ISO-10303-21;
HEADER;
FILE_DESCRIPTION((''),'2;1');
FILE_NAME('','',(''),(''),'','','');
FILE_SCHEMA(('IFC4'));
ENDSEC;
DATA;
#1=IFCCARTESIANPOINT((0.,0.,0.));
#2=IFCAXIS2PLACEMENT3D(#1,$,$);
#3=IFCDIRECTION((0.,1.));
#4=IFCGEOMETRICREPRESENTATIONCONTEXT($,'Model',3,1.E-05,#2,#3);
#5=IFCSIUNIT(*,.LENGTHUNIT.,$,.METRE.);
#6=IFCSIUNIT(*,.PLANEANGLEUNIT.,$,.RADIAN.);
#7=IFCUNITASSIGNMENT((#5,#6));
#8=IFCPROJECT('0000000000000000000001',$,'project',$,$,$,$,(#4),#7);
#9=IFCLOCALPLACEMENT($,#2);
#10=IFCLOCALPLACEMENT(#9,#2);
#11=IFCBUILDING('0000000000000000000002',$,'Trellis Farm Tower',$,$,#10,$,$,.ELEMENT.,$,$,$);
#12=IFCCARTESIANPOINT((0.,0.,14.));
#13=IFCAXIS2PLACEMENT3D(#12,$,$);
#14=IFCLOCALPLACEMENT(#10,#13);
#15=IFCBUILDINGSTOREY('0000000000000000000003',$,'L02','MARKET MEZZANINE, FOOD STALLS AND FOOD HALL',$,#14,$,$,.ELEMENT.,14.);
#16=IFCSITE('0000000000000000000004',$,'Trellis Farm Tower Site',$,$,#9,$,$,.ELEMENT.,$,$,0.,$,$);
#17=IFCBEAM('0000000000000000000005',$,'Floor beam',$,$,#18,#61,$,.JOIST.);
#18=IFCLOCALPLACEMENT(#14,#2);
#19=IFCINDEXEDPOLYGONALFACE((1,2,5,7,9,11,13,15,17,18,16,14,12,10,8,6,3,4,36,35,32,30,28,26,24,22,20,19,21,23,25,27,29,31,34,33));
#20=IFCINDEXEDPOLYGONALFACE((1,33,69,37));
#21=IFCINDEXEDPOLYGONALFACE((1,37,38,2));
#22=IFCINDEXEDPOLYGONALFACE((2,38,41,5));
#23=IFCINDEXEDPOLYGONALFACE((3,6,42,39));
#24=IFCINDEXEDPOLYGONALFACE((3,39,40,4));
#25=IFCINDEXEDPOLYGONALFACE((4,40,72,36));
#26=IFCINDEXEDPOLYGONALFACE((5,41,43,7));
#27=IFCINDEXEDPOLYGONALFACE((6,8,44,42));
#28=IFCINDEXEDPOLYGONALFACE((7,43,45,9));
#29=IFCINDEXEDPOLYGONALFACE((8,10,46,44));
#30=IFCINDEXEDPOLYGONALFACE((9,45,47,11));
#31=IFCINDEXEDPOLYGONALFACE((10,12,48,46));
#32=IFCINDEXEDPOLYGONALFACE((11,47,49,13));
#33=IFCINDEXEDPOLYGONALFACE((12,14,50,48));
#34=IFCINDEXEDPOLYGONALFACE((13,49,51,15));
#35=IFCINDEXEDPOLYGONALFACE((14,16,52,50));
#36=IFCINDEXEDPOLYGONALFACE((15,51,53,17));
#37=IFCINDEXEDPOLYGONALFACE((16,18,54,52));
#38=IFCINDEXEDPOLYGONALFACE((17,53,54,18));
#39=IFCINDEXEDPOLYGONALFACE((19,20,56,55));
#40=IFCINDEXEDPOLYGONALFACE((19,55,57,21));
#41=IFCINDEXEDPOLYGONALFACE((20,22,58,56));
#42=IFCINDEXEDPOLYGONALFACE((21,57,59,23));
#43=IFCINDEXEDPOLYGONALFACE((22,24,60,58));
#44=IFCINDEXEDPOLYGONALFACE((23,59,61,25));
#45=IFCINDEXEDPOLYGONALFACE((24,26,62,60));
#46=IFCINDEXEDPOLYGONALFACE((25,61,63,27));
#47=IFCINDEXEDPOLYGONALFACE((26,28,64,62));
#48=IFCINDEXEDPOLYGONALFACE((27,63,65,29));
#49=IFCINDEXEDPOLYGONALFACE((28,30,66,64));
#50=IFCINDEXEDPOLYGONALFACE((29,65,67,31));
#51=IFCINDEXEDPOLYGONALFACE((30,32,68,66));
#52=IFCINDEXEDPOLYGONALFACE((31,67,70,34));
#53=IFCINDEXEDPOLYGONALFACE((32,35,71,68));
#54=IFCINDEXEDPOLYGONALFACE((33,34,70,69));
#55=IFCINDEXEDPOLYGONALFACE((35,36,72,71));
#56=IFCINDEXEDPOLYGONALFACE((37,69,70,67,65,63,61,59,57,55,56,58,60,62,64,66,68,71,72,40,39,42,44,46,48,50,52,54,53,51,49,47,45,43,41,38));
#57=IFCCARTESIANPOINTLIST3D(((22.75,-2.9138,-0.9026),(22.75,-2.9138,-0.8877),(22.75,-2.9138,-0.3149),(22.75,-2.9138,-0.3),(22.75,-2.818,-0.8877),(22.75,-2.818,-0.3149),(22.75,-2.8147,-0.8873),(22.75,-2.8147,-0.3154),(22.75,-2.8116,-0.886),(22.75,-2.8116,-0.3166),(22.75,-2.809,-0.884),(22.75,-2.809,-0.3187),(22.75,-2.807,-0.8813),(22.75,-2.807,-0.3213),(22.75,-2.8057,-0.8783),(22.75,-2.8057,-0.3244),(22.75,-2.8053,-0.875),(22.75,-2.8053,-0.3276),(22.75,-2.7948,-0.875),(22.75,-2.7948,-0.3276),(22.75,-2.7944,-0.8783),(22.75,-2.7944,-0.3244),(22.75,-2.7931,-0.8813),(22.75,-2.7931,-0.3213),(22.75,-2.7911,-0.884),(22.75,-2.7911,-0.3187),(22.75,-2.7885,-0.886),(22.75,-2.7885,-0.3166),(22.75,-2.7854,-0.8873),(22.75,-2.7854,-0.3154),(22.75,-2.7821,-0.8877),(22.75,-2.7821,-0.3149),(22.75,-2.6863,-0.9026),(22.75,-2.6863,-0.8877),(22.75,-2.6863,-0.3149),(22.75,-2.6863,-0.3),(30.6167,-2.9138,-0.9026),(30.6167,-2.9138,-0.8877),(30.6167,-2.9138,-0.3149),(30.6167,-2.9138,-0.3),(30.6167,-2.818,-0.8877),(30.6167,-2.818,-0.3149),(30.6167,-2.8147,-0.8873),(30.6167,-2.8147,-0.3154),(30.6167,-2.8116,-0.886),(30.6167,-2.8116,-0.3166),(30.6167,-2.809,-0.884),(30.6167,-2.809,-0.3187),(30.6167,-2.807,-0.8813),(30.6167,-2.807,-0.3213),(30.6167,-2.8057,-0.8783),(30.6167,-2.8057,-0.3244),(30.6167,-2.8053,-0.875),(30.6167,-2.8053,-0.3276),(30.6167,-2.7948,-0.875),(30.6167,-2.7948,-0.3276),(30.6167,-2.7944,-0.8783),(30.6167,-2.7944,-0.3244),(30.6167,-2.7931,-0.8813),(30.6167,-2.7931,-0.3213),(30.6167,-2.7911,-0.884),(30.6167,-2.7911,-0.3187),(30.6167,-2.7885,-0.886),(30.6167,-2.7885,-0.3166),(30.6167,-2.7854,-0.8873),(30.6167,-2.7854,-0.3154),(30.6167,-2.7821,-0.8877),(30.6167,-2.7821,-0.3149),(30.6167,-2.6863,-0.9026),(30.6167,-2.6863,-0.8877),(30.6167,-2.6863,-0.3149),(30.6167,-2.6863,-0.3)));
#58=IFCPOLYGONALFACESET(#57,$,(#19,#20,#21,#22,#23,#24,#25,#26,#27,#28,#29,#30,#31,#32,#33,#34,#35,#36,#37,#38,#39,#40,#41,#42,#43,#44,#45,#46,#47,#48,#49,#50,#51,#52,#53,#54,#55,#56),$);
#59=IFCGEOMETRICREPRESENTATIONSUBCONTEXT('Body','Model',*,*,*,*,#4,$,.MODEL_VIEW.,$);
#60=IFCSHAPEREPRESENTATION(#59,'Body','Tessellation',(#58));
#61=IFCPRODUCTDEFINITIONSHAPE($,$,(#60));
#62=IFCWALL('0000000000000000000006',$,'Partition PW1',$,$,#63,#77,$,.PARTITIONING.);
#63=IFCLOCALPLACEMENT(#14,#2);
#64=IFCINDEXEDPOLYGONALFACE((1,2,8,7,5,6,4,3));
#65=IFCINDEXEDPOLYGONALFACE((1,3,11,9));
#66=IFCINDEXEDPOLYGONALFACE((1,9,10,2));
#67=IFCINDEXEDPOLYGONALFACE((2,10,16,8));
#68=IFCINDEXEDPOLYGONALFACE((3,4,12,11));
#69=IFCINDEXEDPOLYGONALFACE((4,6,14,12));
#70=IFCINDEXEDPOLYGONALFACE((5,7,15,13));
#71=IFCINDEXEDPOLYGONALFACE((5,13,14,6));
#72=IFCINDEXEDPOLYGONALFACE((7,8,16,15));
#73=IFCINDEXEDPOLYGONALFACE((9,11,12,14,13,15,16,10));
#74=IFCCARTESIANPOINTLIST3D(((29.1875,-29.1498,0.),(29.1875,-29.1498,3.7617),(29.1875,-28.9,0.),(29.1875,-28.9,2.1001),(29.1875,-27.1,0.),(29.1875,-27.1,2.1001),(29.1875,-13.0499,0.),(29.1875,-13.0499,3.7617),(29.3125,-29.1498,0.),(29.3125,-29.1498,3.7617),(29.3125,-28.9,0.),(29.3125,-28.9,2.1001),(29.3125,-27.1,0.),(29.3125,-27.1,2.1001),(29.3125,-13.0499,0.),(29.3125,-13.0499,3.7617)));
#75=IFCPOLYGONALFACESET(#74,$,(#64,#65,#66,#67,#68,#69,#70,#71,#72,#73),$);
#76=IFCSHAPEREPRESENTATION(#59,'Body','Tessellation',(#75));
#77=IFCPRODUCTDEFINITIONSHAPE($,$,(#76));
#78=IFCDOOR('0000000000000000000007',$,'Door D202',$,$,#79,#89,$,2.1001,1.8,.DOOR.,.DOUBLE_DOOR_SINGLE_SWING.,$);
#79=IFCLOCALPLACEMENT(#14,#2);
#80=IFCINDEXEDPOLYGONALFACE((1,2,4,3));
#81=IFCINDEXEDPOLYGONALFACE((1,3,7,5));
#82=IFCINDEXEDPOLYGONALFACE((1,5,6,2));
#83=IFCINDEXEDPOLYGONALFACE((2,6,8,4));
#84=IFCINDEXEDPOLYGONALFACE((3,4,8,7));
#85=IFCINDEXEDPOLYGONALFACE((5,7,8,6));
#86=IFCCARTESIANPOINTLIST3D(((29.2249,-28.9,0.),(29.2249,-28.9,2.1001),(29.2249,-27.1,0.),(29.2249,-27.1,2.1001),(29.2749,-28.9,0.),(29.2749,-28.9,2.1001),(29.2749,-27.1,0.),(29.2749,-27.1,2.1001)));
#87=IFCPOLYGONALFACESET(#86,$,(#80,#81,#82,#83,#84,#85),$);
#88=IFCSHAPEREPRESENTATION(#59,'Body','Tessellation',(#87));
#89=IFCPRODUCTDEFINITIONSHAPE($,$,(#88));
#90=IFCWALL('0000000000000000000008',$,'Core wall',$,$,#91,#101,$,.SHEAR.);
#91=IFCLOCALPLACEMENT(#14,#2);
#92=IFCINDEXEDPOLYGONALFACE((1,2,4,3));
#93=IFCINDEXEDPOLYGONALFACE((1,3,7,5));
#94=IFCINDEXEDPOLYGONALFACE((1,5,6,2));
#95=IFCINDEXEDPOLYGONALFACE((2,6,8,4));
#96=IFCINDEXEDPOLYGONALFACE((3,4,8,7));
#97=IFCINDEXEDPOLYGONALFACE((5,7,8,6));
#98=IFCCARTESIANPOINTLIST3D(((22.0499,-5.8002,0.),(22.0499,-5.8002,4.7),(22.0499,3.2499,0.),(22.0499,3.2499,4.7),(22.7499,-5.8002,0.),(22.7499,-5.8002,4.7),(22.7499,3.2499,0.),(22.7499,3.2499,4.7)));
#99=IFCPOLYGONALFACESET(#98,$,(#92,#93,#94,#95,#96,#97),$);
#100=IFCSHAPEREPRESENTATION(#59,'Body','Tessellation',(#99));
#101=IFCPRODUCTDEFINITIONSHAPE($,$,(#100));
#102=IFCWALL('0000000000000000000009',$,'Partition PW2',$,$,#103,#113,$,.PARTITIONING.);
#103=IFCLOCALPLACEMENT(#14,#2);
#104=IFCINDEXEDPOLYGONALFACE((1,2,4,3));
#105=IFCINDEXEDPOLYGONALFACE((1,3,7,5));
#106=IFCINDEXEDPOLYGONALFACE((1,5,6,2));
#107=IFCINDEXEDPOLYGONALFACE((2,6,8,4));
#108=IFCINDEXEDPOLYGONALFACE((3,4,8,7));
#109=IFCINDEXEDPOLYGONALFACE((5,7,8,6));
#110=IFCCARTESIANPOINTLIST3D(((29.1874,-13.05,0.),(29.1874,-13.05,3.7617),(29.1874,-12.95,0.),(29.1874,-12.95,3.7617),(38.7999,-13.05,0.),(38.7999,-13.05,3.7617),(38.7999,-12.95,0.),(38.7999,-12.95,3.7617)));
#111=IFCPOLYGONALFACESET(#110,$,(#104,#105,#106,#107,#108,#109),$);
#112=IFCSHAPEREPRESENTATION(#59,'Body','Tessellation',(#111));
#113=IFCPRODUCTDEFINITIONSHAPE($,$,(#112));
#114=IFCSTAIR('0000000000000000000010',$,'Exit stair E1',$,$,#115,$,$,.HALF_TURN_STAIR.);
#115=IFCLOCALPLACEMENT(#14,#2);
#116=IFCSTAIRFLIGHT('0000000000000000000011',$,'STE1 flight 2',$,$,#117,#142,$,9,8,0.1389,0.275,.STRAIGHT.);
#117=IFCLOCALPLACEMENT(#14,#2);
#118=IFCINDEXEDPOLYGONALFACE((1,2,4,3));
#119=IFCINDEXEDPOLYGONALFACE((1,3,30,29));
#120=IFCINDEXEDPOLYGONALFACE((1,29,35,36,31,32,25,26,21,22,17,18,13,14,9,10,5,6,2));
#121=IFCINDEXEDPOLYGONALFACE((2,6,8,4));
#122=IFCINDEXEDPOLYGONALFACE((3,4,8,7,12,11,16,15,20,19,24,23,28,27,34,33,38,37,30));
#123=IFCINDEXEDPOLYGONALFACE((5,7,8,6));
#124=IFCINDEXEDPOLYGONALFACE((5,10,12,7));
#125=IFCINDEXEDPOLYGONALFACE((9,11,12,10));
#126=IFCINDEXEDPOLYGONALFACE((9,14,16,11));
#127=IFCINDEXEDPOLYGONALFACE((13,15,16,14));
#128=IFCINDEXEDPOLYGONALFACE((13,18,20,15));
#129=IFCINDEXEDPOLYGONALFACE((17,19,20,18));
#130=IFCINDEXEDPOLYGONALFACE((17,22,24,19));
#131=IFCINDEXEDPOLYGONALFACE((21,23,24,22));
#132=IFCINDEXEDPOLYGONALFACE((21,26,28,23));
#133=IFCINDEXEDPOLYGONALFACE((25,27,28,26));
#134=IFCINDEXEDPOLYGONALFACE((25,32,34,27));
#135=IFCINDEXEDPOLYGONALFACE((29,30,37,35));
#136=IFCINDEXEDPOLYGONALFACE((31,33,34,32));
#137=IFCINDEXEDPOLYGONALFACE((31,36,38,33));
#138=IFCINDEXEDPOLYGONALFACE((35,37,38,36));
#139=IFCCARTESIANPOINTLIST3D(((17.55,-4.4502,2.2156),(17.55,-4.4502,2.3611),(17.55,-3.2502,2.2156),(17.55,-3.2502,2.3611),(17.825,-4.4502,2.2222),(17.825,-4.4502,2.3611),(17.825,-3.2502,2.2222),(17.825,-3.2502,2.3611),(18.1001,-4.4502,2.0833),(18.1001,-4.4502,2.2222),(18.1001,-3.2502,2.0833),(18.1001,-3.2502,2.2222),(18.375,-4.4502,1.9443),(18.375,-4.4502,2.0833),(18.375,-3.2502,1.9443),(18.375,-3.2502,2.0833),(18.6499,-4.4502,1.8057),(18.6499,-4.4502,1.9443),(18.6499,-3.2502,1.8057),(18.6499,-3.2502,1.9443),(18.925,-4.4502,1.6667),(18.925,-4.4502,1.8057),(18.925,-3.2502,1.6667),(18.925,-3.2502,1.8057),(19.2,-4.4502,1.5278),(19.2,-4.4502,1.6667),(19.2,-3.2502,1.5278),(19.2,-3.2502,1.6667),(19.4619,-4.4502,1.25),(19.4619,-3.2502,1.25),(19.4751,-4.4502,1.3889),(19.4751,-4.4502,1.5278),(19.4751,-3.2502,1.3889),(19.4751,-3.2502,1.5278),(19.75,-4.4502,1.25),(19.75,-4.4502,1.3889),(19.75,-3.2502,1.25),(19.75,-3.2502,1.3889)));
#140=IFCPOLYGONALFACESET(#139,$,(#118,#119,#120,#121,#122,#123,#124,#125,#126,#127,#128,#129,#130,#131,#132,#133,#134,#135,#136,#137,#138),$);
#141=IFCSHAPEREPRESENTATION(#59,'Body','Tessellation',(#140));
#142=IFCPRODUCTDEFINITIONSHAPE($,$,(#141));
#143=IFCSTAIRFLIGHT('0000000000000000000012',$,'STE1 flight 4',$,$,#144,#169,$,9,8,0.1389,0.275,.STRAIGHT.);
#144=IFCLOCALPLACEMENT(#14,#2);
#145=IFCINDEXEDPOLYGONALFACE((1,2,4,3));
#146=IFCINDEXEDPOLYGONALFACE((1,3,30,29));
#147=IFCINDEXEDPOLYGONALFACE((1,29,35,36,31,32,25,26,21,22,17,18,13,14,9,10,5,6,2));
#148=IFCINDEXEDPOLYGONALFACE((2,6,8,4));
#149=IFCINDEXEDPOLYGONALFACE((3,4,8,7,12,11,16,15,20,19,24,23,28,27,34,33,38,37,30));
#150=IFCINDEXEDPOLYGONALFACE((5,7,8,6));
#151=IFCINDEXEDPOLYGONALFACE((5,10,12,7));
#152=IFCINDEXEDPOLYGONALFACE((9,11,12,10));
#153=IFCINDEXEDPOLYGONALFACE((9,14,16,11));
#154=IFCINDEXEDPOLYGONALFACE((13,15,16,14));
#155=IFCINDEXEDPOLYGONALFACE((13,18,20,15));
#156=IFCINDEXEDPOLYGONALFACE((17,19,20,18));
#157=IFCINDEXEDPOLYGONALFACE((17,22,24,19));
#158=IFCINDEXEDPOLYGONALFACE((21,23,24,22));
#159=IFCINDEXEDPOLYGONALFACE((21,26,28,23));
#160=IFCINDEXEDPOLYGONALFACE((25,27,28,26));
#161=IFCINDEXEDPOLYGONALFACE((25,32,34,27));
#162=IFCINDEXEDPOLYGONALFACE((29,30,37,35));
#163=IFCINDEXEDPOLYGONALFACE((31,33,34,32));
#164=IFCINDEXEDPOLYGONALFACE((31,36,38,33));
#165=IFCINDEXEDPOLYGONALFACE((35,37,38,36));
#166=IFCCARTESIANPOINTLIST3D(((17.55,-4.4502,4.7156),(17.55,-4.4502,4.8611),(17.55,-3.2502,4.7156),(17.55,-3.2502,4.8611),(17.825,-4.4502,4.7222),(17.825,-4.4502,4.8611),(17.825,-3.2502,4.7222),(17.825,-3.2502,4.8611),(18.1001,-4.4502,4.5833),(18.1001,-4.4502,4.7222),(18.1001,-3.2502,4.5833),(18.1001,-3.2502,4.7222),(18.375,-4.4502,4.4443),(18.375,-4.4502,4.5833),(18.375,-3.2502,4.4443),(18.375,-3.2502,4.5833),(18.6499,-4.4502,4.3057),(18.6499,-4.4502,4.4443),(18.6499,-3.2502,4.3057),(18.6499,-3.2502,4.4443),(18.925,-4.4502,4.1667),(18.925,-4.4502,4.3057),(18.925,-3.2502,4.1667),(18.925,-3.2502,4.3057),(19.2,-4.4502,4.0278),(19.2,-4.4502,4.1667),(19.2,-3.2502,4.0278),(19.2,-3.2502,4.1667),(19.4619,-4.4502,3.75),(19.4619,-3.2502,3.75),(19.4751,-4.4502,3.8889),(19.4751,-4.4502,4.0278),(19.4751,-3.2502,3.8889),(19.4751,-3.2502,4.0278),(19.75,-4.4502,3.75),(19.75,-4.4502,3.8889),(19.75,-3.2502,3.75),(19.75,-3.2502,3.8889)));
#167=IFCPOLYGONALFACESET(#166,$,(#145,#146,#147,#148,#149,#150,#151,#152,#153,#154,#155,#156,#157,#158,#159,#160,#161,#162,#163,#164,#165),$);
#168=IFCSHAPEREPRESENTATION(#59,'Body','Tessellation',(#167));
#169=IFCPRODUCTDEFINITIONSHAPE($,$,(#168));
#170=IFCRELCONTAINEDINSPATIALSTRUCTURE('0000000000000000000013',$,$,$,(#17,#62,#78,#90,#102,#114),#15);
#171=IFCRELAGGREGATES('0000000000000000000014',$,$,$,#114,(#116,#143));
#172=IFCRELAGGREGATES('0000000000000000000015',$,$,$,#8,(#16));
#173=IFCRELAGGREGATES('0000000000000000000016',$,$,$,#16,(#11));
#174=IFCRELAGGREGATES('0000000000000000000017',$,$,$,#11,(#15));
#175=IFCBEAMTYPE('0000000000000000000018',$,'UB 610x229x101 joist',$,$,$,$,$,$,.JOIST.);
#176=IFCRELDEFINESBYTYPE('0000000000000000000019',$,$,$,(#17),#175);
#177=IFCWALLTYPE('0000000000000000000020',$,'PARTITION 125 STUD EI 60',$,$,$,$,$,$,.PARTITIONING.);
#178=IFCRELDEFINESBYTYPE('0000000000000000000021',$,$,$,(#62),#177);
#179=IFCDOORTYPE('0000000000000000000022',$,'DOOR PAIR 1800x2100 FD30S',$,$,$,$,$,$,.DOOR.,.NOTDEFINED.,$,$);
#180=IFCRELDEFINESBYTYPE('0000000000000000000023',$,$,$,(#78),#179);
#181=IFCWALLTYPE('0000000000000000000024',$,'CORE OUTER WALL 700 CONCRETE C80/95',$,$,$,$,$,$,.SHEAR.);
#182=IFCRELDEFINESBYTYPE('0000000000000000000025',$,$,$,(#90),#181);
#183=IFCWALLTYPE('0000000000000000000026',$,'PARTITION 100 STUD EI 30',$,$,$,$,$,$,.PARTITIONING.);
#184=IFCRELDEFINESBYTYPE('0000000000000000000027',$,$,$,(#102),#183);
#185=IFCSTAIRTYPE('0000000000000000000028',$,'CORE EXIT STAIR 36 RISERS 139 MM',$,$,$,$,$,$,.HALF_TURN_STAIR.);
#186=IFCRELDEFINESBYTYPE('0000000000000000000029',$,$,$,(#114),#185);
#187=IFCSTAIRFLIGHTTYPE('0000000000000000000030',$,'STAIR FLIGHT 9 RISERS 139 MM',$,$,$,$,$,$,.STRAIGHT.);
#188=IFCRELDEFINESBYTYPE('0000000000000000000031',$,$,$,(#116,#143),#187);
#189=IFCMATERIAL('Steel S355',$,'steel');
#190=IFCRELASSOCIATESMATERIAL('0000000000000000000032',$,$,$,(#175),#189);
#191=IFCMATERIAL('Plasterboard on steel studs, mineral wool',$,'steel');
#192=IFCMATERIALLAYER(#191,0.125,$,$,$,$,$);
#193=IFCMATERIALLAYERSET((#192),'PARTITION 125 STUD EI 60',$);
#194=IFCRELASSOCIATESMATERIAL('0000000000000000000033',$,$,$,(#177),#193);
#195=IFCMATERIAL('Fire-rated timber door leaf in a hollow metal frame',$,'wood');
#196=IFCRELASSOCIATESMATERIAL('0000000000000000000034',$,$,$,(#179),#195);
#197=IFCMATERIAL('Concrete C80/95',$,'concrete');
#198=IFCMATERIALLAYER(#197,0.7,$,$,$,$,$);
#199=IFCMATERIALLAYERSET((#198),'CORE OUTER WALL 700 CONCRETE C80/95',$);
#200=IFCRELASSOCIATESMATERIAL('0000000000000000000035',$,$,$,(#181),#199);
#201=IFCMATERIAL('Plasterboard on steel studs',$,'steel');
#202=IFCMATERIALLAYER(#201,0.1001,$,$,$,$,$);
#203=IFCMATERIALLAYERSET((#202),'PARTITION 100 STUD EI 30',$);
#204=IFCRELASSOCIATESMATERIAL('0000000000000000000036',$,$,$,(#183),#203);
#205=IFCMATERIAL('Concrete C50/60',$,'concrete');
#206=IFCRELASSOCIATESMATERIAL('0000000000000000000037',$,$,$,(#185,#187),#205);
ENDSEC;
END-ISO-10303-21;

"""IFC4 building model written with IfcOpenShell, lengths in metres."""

from ifc_helpers import new_model, si_unit, direction, frame, frame_2d, origin, origin_2d, place, context, subcontext, project, spatial, polyline, rectangle, i_section, outline, extrude, source, transform, mapped, material, layer, layer_set, material_profile, profile_set, type_object, element, fill, aggregate, save


model = new_model("IFC4")

# Units and contexts
model_context = context("Model", 3, precision=1e-05, world=origin(), true_north=direction((0.0, 1.0)))
body_context = subcontext(model_context, "Body", "Model", "MODEL_VIEW")
ifc_project = project(units=[si_unit("LENGTHUNIT", "METRE"), si_unit("PLANEANGLEUNIT", "RADIAN")], contexts=[model_context])

# Site, building, storey
site_placement = place(None, origin())
site = spatial("IfcSite", under=ifc_project, at=site_placement, Name="Trellis Farm Tower Site", CompositionType="ELEMENT", RefElevation=0.0)
building_placement = place(site_placement, origin())
building = spatial("IfcBuilding", under=site, at=building_placement, Name="Trellis Farm Tower", CompositionType="ELEMENT")
storey_placement = place(building_placement, frame((0.0, 0.0, 14.0)))
storey = spatial("IfcBuildingStorey", under=building, at=storey_placement, Name="L02", Description="MARKET MEZZANINE, FOOD STALLS AND FOOD HALL", CompositionType="ELEMENT", Elevation=14.0)

# Shared definitions
ifc_material_1 = material(Name="Concrete C80/95", Category="concrete")

# Beam
ifc_material_2 = material(Name="Steel S355", Category="steel")
ifc_material_profile_1 = material_profile(ifc_material_2, i_section(OverallWidth=0.2275, OverallDepth=0.6025, WebThickness=0.0105, FlangeThickness=0.0149, FilletRadius=0.0127, at=origin_2d()), Name="UB 610x229x101")
ifc_profile_set_1 = profile_set([ifc_material_profile_1], Name="Steel S355")
beam_type_1 = type_object("IfcBeamType", Name="UB 610x229x101 joist", PredefinedType="JOIST", material=ifc_profile_set_1)
shared_shape_1 = source(origin(), body_context, "Body", "SweptSolid", [
    extrude(i_section(OverallWidth=0.2275, OverallDepth=0.6025, WebThickness=0.0105, FlangeThickness=0.0149, FilletRadius=0.0127, at=origin_2d()), origin(), (0.0, 0.0, 1.0), 7.8667),
])
beam_1_placement = place(storey_placement, frame((22.75, -2.8, -0.6013), z_axis=(1.0, 0.0, 0.0), x_axis=(0.0, 1.0, 0.0)))
element("IfcBeam", 1, at=beam_1_placement, inside=storey, type_object=beam_type_1, Name="Floor beam", PredefinedType="JOIST", context=body_context, shape_type="MappedRepresentation", body=[
    mapped(shared_shape_1, transform((0.0, 0.0, 0.0))),
])

# Wall, opening, door
ifc_material_3 = material(Name="Plasterboard on steel studs, mineral wool", Category="steel")
ifc_layer_1 = layer(ifc_material_3, 0.125)
ifc_layer_set_1 = layer_set([ifc_layer_1], Name="PARTITION 125 STUD EI 60")
wall_type_1 = type_object("IfcWallType", Name="PARTITION 125 STUD EI 60", PredefinedType="PARTITIONING", material=ifc_layer_set_1)
wall_1_placement = place(storey_placement, frame((29.25, -13.05, 0.0), z_axis=(0.0, 0.0, 1.0), x_axis=(0.0, -1.0, 0.0)))
wall_1 = element("IfcWall", 2, at=wall_1_placement, inside=storey, type_object=wall_type_1, Name="Partition PW1", PredefinedType="PARTITIONING", context=body_context, shape_type="SweptSolid", body=[
    extrude(rectangle(XDim=16.0999, YDim=0.125, at=frame_2d((8.0498, 0.0))), origin(), (0.0, 0.0, 1.0), 3.7617),
])
shared_shape_2 = source(origin(), body_context, "Body", "SweptSolid", [
    extrude(rectangle(XDim=1.8, YDim=2.1001, at=frame_2d((0.8999, 1.05))), frame((0.0, 0.0725, 0.0), z_axis=(0.0, -1.0, 0.0), x_axis=(1.0, 0.0, 0.0)), (0.0, 0.0, 1.0), 0.145),
])
opening_placement = place(wall_1_placement, frame((14.05, 0.0, 0.0)))
opening = element("IfcOpeningElement", 3, at=opening_placement, cuts=wall_1, PredefinedType="OPENING", context=body_context, shape_type="MappedRepresentation", body=[
    mapped(shared_shape_2, transform((0.0, 0.0, 0.0))),
])
ifc_material_4 = material(Name="Fire-rated timber door leaf in a hollow metal frame", Category="wood")
door_type = type_object("IfcDoorType", Name="DOOR PAIR 1800x2100 FD30S", OperationType="NOTDEFINED", PredefinedType="DOOR", material=ifc_material_4)
shared_shape_3 = source(origin(), body_context, "Body", "SweptSolid", [
    extrude(rectangle(XDim=1.8, YDim=2.1001, at=frame_2d((0.8999, 1.05))), frame((0.0, 0.0249, 0.0), z_axis=(0.0, -1.0, 0.0), x_axis=(1.0, 0.0, 0.0)), (0.0, 0.0, 1.0), 0.05),
])
door_placement = place(opening_placement, origin())
door = element("IfcDoor", 4, at=door_placement, inside=storey, type_object=door_type, Name="Door D202", OperationType="DOUBLE_DOOR_SINGLE_SWING", OverallHeight=2.1001, OverallWidth=1.8, PredefinedType="DOOR", context=body_context, shape_type="MappedRepresentation", body=[
    mapped(shared_shape_3, transform((0.0, 0.0, 0.0))),
])
fill(opening, door)

# Walls
ifc_layer_2 = layer(ifc_material_1, 0.7)
ifc_layer_set_2 = layer_set([ifc_layer_2], Name="CORE OUTER WALL 700 CONCRETE C80/95")
wall_type_2 = type_object("IfcWallType", Name="CORE OUTER WALL 700 CONCRETE C80/95", PredefinedType="SHEAR", material=ifc_layer_set_2)
shared_shape_4 = source(origin(), body_context, "Body", "SweptSolid", [
    extrude(rectangle(XDim=9.05, YDim=0.7, at=frame_2d((4.5249, 0.0))), origin(), (0.0, 0.0, 1.0), 4.7),
])
wall_2_placement = place(storey_placement, frame((22.3999, -5.8, 0.0), z_axis=(0.0, 0.0, 1.0), x_axis=(0.0, 1.0, 0.0)))
element("IfcWall", 5, at=wall_2_placement, inside=storey, type_object=wall_type_2, Name="Core wall", PredefinedType="SHEAR", context=body_context, shape_type="MappedRepresentation", body=[
    mapped(shared_shape_4, transform((0.0, 0.0, 0.0))),
])
ifc_material_5 = material(Name="Plasterboard on steel studs", Category="steel")
ifc_layer_3 = layer(ifc_material_5, 0.1001)
ifc_layer_set_3 = layer_set([ifc_layer_3], Name="PARTITION 100 STUD EI 30")
wall_type_3 = type_object("IfcWallType", Name="PARTITION 100 STUD EI 30", PredefinedType="PARTITIONING", material=ifc_layer_set_3)
shared_shape_5 = source(origin(), body_context, "Body", "SweptSolid", [
    extrude(rectangle(XDim=9.6125, YDim=0.1001, at=frame_2d((4.8062, 0.0))), origin(), (0.0, 0.0, 1.0), 3.7617),
])
wall_3_placement = place(storey_placement, frame((29.1875, -13.0, 0.0), z_axis=(0.0, 0.0, 1.0), x_axis=(1.0, 0.0, 0.0)))
element("IfcWall", 6, at=wall_3_placement, inside=storey, type_object=wall_type_3, Name="Partition PW2", PredefinedType="PARTITIONING", context=body_context, shape_type="MappedRepresentation", body=[
    mapped(shared_shape_5, transform((0.0, 0.0, 0.0))),
])

# Stair, stair flights
ifc_material_6 = material(Name="Concrete C50/60", Category="concrete")
stair_type = type_object("IfcStairType", Name="CORE EXIT STAIR 36 RISERS 139 MM", PredefinedType="HALF_TURN_STAIR", material=ifc_material_6)
placement = place(storey_placement, origin())
stair_1 = element("IfcStair", 7, at=placement, inside=storey, type_object=stair_type, Name="Exit stair E1", PredefinedType="HALF_TURN_STAIR")
stair_flight_type = type_object("IfcStairFlightType", Name="STAIR FLIGHT 9 RISERS 139 MM", PredefinedType="STRAIGHT", material=ifc_material_6)
shared_shape_6 = source(origin(), body_context, "Body", "SweptSolid", [
    extrude(outline(polyline([(0.0, 0.0), (0.0, 0.1389), (0.2749, 0.1389), (0.2749, 0.2778), (0.55, 0.2778), (0.55, 0.4167), (0.825, 0.4167), (0.825, 0.5557), (1.1001, 0.5557), (1.1001, 0.6943), (1.375, 0.6943), (1.375, 0.8333), (1.6499, 0.8333), (1.6499, 0.9722), (1.925, 0.9722), (1.925, 1.1111), (2.2, 1.1111), (2.2, 1.25), (2.2, 0.9656), (0.2881, 0.0), (0.0, 0.0)])), frame((0.0, 0.6001, 0.0), z_axis=(0.0, -1.0, 0.0), x_axis=(1.0, 0.0, 0.0)), (0.0, 0.0, 1.0), 1.2),
])
stair_flight_1_placement = place(storey_placement, frame((19.75, -3.8501, 1.25), z_axis=(0.0, 0.0, 1.0), x_axis=(-1.0, 0.0, 0.0)))
stair_flight_1 = element("IfcStairFlight", 8, at=stair_flight_1_placement, type_object=stair_flight_type, Name="STE1 flight 2", NumberOfRisers=9, NumberOfTreads=8, PredefinedType="STRAIGHT", RiserHeight=0.1389, TreadLength=0.275, context=body_context, shape_type="MappedRepresentation", body=[
    mapped(shared_shape_6, transform((0.0, 0.0, 0.0))),
])
stair_flight_2_placement = place(storey_placement, frame((19.75, -3.8501, 3.75), z_axis=(0.0, 0.0, 1.0), x_axis=(-1.0, 0.0, 0.0)))
stair_flight_2 = element("IfcStairFlight", 9, at=stair_flight_2_placement, type_object=stair_flight_type, Name="STE1 flight 4", NumberOfRisers=9, NumberOfTreads=8, PredefinedType="STRAIGHT", RiserHeight=0.1389, TreadLength=0.275, context=body_context, shape_type="MappedRepresentation", body=[
    mapped(shared_shape_6, transform((0.0, 0.0, 0.0))),
])
aggregate(stair_1, [stair_flight_1, stair_flight_2])

save(model, "model.ifc")
